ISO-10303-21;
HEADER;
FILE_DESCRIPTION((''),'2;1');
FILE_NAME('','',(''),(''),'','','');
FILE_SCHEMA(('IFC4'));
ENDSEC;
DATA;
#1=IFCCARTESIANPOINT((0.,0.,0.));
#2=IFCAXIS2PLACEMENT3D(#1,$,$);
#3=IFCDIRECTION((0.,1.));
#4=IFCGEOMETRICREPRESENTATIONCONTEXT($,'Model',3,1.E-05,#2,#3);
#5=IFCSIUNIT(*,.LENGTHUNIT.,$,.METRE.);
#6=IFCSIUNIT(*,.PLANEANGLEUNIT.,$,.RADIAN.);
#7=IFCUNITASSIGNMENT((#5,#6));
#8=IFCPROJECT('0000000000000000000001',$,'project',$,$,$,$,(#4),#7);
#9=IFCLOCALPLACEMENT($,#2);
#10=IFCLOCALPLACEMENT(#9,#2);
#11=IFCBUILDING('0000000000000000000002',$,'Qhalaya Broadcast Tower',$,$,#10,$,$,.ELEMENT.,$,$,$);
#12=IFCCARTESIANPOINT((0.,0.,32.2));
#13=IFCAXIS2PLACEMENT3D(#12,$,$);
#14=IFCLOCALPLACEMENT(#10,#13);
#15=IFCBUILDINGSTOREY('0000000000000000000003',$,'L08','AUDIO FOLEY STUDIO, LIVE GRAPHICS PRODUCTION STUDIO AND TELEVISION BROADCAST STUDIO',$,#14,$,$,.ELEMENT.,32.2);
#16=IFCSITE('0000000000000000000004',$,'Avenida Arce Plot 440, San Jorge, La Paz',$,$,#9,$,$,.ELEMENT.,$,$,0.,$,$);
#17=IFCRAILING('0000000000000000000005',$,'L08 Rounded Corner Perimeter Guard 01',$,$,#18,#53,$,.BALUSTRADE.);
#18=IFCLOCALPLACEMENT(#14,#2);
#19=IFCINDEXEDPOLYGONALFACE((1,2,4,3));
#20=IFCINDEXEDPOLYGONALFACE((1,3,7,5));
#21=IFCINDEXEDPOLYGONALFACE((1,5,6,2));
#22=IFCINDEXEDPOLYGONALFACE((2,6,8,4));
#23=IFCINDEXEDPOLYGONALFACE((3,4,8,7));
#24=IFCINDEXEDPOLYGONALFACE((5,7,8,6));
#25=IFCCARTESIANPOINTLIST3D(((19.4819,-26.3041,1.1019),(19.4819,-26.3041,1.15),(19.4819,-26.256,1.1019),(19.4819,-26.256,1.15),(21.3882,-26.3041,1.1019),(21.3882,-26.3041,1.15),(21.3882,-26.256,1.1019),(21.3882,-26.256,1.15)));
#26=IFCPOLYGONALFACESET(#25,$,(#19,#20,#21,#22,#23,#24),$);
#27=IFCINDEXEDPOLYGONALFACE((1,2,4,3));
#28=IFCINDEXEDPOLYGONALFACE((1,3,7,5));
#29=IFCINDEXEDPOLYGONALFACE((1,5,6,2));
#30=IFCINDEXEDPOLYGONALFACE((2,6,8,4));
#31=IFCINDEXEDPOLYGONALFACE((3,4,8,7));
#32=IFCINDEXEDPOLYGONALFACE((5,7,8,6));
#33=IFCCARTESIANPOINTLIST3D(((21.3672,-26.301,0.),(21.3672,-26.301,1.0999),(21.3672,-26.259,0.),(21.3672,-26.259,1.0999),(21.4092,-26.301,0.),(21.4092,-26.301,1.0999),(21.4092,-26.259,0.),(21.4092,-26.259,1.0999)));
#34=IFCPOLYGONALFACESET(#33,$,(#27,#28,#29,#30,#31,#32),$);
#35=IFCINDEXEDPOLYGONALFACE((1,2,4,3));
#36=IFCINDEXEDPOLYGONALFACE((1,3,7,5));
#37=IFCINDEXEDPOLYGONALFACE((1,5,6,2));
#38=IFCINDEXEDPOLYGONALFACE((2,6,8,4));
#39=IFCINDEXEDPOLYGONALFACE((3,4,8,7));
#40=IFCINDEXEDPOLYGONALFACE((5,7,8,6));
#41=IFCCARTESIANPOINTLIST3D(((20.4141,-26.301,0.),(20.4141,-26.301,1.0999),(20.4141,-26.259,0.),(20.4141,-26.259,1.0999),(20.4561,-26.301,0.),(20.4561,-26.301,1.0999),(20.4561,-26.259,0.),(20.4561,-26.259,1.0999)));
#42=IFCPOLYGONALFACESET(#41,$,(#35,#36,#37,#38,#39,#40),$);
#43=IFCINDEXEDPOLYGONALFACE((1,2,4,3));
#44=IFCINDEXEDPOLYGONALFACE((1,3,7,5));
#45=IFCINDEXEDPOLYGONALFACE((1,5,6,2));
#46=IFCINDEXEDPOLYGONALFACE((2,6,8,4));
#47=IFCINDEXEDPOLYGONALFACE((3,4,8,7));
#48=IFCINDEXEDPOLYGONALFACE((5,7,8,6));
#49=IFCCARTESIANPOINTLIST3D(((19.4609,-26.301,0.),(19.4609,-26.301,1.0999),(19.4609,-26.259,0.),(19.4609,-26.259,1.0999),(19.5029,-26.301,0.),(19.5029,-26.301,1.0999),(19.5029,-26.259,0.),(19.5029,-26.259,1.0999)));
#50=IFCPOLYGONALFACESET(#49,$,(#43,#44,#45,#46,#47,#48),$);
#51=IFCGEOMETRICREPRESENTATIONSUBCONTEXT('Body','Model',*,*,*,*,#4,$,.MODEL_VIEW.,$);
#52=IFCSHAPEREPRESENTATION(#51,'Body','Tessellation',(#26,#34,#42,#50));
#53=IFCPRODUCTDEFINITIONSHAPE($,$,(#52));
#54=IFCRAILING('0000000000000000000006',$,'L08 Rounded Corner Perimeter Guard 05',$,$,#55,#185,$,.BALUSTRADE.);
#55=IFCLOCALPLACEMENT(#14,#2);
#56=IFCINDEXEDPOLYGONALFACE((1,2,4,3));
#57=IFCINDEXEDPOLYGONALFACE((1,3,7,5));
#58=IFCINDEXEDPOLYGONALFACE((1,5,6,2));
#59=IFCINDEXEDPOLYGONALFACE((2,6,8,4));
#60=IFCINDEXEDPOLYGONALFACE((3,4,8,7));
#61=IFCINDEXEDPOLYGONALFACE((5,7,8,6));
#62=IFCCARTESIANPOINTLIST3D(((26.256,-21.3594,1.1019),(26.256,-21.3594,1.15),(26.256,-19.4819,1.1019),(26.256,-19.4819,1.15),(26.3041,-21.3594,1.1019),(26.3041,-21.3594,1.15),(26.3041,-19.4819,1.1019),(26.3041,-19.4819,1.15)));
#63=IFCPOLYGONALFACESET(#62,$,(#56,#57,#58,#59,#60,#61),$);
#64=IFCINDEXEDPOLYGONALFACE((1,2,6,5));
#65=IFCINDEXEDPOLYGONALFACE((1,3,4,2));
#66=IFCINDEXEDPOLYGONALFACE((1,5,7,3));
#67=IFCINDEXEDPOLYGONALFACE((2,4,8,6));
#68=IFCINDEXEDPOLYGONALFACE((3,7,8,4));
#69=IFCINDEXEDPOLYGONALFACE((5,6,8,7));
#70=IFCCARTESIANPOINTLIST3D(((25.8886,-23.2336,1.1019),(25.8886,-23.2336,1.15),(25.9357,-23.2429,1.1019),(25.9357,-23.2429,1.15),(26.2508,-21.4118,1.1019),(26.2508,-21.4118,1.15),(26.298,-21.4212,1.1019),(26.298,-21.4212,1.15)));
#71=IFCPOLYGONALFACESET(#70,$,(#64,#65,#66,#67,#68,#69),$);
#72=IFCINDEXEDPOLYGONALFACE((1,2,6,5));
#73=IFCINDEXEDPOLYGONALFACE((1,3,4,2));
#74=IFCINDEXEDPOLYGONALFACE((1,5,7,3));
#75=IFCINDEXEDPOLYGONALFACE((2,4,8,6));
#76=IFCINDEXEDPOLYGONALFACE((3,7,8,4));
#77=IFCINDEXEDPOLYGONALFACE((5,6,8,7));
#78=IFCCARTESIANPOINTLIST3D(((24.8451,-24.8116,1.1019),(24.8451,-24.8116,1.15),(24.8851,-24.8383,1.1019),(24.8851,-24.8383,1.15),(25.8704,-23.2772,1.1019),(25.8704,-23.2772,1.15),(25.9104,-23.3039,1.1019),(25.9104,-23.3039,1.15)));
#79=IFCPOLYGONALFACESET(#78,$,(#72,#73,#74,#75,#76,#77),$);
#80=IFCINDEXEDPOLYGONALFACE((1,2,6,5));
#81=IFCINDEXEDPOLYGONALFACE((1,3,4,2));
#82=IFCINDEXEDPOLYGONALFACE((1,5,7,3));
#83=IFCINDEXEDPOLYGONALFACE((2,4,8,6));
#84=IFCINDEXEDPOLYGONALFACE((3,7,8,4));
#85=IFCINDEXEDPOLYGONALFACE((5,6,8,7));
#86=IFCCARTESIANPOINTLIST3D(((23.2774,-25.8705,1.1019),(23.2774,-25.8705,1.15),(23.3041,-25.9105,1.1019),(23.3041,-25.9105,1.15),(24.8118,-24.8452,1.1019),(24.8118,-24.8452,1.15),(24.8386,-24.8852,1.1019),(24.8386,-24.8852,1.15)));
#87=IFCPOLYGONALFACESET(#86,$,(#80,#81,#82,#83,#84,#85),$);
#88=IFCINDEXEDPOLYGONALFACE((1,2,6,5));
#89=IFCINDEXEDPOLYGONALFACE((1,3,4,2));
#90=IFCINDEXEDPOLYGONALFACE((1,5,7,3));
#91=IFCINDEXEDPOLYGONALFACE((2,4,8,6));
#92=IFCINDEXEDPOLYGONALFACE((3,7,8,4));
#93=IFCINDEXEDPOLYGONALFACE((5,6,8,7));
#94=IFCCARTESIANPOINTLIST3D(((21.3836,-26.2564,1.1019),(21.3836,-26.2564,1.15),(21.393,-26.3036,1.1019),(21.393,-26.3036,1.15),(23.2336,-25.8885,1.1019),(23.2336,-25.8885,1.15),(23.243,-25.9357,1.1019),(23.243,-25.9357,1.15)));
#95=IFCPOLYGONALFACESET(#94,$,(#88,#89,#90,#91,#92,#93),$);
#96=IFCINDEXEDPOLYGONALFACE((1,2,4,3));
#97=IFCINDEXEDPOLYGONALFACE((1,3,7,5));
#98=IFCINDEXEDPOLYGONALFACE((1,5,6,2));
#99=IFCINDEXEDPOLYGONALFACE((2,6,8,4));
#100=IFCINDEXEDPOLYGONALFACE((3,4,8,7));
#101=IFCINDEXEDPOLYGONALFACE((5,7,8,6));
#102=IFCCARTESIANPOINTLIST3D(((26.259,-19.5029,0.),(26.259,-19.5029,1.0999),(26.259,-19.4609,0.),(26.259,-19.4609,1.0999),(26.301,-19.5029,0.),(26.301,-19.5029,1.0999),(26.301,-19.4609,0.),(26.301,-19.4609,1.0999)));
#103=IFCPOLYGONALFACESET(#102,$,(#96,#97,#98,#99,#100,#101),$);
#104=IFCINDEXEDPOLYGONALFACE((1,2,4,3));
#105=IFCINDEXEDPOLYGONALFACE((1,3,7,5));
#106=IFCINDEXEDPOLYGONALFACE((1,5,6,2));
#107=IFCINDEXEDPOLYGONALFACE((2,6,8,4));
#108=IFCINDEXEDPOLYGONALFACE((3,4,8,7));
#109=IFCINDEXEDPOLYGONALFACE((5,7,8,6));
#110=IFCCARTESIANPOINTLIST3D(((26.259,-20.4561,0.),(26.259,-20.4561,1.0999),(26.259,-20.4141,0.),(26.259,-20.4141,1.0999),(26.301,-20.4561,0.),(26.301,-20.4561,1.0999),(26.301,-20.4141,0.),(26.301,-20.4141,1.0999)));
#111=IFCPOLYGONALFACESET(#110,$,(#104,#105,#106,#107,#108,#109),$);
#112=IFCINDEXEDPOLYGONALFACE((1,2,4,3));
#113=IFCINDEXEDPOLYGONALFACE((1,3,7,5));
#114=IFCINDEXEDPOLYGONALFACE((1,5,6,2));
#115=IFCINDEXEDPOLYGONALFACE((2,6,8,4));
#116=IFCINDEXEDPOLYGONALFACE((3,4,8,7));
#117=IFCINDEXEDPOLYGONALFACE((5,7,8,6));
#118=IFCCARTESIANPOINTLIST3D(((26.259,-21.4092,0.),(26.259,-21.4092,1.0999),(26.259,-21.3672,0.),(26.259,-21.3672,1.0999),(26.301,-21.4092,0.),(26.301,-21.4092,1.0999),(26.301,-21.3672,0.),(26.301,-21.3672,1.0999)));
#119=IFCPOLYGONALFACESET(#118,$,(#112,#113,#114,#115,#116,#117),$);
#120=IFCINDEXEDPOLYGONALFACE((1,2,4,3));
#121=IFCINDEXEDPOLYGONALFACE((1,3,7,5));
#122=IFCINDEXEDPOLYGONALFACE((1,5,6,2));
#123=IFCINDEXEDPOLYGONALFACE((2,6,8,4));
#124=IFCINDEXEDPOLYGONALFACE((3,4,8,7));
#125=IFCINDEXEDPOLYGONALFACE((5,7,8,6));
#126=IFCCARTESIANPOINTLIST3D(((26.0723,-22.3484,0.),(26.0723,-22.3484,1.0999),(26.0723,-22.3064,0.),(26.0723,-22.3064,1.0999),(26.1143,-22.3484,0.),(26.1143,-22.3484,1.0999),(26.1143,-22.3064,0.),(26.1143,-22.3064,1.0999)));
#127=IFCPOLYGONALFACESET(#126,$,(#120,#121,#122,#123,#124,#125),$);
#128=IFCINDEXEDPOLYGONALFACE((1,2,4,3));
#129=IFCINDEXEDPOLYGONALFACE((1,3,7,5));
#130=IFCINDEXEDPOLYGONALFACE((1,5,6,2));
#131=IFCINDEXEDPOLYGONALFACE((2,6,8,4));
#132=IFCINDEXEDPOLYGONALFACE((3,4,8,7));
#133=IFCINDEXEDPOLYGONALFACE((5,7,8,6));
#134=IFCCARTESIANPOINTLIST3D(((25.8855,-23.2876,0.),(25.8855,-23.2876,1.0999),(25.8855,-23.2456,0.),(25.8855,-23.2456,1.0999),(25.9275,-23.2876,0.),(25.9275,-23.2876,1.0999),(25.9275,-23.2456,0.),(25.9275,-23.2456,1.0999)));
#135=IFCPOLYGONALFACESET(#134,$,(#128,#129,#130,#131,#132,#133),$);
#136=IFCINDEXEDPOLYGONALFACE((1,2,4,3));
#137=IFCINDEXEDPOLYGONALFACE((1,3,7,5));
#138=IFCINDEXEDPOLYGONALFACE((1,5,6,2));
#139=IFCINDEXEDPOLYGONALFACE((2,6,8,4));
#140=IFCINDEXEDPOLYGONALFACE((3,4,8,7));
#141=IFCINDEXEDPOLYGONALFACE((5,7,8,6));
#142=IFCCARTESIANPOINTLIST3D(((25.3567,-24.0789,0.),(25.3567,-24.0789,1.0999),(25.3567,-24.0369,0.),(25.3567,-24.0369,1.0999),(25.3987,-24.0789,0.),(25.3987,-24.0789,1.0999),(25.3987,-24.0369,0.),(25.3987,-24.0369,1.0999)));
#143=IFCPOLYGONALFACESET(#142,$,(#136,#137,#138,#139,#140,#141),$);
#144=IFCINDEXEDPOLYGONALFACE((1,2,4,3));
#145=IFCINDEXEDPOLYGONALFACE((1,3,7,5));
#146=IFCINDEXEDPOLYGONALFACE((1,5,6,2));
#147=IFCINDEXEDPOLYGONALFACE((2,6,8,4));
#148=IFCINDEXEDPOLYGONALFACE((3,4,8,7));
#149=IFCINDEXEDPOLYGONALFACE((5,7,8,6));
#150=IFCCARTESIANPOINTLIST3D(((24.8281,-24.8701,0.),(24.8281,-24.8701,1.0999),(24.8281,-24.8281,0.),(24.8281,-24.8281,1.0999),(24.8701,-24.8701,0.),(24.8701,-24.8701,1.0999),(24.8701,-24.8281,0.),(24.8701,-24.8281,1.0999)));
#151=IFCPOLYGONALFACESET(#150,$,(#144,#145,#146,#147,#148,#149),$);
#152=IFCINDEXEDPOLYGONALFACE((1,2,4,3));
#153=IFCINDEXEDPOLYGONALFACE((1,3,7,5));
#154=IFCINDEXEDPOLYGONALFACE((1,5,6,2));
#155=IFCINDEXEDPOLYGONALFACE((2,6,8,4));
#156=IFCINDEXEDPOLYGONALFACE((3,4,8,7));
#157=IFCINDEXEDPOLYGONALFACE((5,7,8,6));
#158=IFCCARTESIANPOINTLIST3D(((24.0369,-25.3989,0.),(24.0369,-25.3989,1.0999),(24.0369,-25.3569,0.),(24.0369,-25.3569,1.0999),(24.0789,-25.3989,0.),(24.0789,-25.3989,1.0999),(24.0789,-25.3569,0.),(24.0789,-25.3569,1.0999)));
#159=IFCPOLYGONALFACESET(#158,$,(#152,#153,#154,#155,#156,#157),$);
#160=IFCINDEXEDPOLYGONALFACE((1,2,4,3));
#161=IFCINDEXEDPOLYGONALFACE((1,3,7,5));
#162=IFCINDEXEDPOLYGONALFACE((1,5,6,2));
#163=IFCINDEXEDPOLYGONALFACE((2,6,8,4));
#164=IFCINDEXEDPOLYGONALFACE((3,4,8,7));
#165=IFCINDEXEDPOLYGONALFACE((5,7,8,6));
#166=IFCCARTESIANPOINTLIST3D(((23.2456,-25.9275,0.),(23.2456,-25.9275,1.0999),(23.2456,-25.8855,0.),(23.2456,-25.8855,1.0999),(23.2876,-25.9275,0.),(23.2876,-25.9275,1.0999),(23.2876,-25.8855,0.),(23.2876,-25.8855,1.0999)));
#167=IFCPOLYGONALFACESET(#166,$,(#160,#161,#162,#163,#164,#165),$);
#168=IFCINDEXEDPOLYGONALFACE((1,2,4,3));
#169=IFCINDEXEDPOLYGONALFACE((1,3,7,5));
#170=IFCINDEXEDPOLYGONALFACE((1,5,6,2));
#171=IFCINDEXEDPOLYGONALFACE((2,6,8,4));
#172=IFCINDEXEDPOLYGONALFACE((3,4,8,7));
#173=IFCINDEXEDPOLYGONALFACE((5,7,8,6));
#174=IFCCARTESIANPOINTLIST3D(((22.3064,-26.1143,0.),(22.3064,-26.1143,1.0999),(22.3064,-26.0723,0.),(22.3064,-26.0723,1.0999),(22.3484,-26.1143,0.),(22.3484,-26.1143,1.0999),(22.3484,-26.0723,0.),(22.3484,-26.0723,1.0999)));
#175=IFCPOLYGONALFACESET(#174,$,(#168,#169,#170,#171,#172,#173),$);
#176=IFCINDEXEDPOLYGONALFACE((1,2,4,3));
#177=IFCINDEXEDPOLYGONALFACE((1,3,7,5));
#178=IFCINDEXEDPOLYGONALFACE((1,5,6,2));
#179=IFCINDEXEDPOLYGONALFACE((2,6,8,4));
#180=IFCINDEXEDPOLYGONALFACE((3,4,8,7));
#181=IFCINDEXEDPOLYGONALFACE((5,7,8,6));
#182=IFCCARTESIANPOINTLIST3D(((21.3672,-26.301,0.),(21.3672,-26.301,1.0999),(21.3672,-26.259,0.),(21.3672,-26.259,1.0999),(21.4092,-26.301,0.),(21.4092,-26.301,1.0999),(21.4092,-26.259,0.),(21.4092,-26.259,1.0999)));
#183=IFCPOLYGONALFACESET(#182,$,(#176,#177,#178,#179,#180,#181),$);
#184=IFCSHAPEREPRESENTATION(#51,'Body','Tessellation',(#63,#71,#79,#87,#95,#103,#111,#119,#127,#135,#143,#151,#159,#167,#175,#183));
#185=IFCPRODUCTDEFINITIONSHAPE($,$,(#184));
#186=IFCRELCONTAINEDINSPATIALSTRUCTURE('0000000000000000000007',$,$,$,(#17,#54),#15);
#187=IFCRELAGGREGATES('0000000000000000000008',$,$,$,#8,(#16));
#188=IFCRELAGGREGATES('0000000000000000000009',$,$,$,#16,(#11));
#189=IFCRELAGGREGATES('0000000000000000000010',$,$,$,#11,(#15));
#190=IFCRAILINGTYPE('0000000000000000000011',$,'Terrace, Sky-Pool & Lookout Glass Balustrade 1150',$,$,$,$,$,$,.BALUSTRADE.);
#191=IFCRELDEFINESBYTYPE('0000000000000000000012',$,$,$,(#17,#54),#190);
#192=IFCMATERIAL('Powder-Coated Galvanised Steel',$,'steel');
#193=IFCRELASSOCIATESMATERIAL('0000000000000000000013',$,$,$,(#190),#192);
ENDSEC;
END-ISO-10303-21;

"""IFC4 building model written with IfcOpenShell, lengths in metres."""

from ifc_helpers import new_model, si_unit, direction, frame, origin, origin_2d, place, context, subcontext, project, spatial, rectangle, extrude, material, type_object, element, save


model = new_model("IFC4")

# Units and contexts
model_context = context("Model", 3, precision=1e-05, world=origin(), true_north=direction((0.0, 1.0)))
body_context = subcontext(model_context, "Body", "Model", "MODEL_VIEW")
ifc_project = project(units=[si_unit("LENGTHUNIT", "METRE"), si_unit("PLANEANGLEUNIT", "RADIAN")], contexts=[model_context])

# Site, building, storey
site_placement = place(None, origin())
site = spatial("IfcSite", under=ifc_project, at=site_placement, Name="Avenida Arce Plot 440, San Jorge, La Paz", CompositionType="ELEMENT", RefElevation=0.0)
building_placement = place(site_placement, origin())
building = spatial("IfcBuilding", under=site, at=building_placement, Name="Qhalaya Broadcast Tower", CompositionType="ELEMENT")
storey_placement = place(building_placement, frame((0.0, 0.0, 32.2)))
storey = spatial("IfcBuildingStorey", under=building, at=storey_placement, Name="L08", Description="AUDIO FOLEY STUDIO, LIVE GRAPHICS PRODUCTION STUDIO AND TELEVISION BROADCAST STUDIO", CompositionType="ELEMENT", Elevation=32.2)

# Railings
ifc_material_1 = material(Name="Powder-Coated Galvanised Steel", Category="steel")
railing_type = type_object("IfcRailingType", Name="Terrace, Sky-Pool & Lookout Glass Balustrade 1150", PredefinedType="BALUSTRADE", material=ifc_material_1)
railing_1_placement = place(storey_placement, frame((21.3882, -26.28, 0.0)))
element("IfcRailing", 1, at=railing_1_placement, inside=storey, type_object=railing_type, Name="L08 Rounded Corner Perimeter Guard 01", PredefinedType="BALUSTRADE", context=body_context, shape_type="SweptSolid", body=[
    extrude(rectangle(XDim=0.0481, YDim=0.0481, at=origin_2d()), frame((0.0, 0.0, 1.126), z_axis=(-1.0, 0.0, 0.0), x_axis=(0.0, -1.0, 0.0)), (0.0, 0.0, 1.0), 1.9062),
    extrude(rectangle(XDim=0.042, YDim=0.042, at=origin_2d()), origin(), (0.0, 0.0, 1.0), 1.0999),
    extrude(rectangle(XDim=0.042, YDim=0.042, at=origin_2d()), frame((-0.9531, 0.0, 0.0)), (0.0, 0.0, 1.0), 1.0999),
    extrude(rectangle(XDim=0.042, YDim=0.042, at=origin_2d()), frame((-1.9062, 0.0, 0.0)), (0.0, 0.0, 1.0), 1.0999),
])
railing_2_placement = place(storey_placement, frame((26.28, -19.4819, 0.0)))
element("IfcRailing", 2, at=railing_2_placement, inside=storey, type_object=railing_type, Name="L08 Rounded Corner Perimeter Guard 05", PredefinedType="BALUSTRADE", context=body_context, shape_type="SweptSolid", body=[
    extrude(rectangle(XDim=0.0481, YDim=0.0481, at=origin_2d()), frame((0.0, 0.0, 1.126), z_axis=(0.0, -1.0, 0.0), x_axis=(1.0, 0.0, 0.0)), (0.0, 0.0, 1.0), 1.8774),
    extrude(rectangle(XDim=0.0481, YDim=0.0481, at=origin_2d()), frame((-0.0056, -1.9346, 1.126), z_axis=(-0.195037, -0.980796, 0.0), x_axis=(0.980796, -0.195037, 0.0)), (0.0, 0.0, 1.0), 1.8574),
    extrude(rectangle(XDim=0.0481, YDim=0.0481, at=origin_2d()), frame((-0.3896, -3.8086, 1.126), z_axis=(-0.555558, -0.831478, 0.0), x_axis=(0.831478, -0.555558, 0.0)), (0.0, 0.0, 1.0), 1.8455),
    extrude(rectangle(XDim=0.0481, YDim=0.0481, at=origin_2d()), frame((-1.4548, -5.3833, 1.126), z_axis=(-0.831478, -0.555558, 0.0), x_axis=(0.555558, -0.831478, 0.0)), (0.0, 0.0, 1.0), 1.8455),
    extrude(rectangle(XDim=0.0481, YDim=0.0481, at=origin_2d()), frame((-3.0417, -6.4302, 1.126), z_axis=(-0.980796, -0.195037, 0.0), x_axis=(0.195037, -0.980796, 0.0)), (0.0, 0.0, 1.0), 1.8862),
    extrude(rectangle(XDim=0.042, YDim=0.042, at=origin_2d()), origin(), (0.0, 0.0, 1.0), 1.0999),
    extrude(rectangle(XDim=0.042, YDim=0.042, at=origin_2d()), frame((0.0, -0.9531, 0.0)), (0.0, 0.0, 1.0), 1.0999),
    extrude(rectangle(XDim=0.042, YDim=0.042, at=origin_2d()), frame((0.0, -1.9062, 0.0)), (0.0, 0.0, 1.0), 1.0999),
    extrude(rectangle(XDim=0.042, YDim=0.042, at=origin_2d()), frame((-0.1868, -2.8455, 0.0)), (0.0, 0.0, 1.0), 1.0999),
    extrude(rectangle(XDim=0.042, YDim=0.042, at=origin_2d()), frame((-0.3735, -3.7847, 0.0)), (0.0, 0.0, 1.0), 1.0999),
    extrude(rectangle(XDim=0.042, YDim=0.042, at=origin_2d()), frame((-0.9023, -4.5759, 0.0)), (0.0, 0.0, 1.0), 1.0999),
    extrude(rectangle(XDim=0.042, YDim=0.042, at=origin_2d()), frame((-1.4309, -5.3672, 0.0)), (0.0, 0.0, 1.0), 1.0999),
    extrude(rectangle(XDim=0.042, YDim=0.042, at=origin_2d()), frame((-2.2222, -5.896, 0.0)), (0.0, 0.0, 1.0), 1.0999),
    extrude(rectangle(XDim=0.042, YDim=0.042, at=origin_2d()), frame((-3.0134, -6.4246, 0.0)), (0.0, 0.0, 1.0), 1.0999),
    extrude(rectangle(XDim=0.042, YDim=0.042, at=origin_2d()), frame((-3.9526, -6.6113, 0.0)), (0.0, 0.0, 1.0), 1.0999),
    extrude(rectangle(XDim=0.042, YDim=0.042, at=origin_2d()), frame((-4.8918, -6.7981, 0.0)), (0.0, 0.0, 1.0), 1.0999),
])

save(model, "model.ifc")
